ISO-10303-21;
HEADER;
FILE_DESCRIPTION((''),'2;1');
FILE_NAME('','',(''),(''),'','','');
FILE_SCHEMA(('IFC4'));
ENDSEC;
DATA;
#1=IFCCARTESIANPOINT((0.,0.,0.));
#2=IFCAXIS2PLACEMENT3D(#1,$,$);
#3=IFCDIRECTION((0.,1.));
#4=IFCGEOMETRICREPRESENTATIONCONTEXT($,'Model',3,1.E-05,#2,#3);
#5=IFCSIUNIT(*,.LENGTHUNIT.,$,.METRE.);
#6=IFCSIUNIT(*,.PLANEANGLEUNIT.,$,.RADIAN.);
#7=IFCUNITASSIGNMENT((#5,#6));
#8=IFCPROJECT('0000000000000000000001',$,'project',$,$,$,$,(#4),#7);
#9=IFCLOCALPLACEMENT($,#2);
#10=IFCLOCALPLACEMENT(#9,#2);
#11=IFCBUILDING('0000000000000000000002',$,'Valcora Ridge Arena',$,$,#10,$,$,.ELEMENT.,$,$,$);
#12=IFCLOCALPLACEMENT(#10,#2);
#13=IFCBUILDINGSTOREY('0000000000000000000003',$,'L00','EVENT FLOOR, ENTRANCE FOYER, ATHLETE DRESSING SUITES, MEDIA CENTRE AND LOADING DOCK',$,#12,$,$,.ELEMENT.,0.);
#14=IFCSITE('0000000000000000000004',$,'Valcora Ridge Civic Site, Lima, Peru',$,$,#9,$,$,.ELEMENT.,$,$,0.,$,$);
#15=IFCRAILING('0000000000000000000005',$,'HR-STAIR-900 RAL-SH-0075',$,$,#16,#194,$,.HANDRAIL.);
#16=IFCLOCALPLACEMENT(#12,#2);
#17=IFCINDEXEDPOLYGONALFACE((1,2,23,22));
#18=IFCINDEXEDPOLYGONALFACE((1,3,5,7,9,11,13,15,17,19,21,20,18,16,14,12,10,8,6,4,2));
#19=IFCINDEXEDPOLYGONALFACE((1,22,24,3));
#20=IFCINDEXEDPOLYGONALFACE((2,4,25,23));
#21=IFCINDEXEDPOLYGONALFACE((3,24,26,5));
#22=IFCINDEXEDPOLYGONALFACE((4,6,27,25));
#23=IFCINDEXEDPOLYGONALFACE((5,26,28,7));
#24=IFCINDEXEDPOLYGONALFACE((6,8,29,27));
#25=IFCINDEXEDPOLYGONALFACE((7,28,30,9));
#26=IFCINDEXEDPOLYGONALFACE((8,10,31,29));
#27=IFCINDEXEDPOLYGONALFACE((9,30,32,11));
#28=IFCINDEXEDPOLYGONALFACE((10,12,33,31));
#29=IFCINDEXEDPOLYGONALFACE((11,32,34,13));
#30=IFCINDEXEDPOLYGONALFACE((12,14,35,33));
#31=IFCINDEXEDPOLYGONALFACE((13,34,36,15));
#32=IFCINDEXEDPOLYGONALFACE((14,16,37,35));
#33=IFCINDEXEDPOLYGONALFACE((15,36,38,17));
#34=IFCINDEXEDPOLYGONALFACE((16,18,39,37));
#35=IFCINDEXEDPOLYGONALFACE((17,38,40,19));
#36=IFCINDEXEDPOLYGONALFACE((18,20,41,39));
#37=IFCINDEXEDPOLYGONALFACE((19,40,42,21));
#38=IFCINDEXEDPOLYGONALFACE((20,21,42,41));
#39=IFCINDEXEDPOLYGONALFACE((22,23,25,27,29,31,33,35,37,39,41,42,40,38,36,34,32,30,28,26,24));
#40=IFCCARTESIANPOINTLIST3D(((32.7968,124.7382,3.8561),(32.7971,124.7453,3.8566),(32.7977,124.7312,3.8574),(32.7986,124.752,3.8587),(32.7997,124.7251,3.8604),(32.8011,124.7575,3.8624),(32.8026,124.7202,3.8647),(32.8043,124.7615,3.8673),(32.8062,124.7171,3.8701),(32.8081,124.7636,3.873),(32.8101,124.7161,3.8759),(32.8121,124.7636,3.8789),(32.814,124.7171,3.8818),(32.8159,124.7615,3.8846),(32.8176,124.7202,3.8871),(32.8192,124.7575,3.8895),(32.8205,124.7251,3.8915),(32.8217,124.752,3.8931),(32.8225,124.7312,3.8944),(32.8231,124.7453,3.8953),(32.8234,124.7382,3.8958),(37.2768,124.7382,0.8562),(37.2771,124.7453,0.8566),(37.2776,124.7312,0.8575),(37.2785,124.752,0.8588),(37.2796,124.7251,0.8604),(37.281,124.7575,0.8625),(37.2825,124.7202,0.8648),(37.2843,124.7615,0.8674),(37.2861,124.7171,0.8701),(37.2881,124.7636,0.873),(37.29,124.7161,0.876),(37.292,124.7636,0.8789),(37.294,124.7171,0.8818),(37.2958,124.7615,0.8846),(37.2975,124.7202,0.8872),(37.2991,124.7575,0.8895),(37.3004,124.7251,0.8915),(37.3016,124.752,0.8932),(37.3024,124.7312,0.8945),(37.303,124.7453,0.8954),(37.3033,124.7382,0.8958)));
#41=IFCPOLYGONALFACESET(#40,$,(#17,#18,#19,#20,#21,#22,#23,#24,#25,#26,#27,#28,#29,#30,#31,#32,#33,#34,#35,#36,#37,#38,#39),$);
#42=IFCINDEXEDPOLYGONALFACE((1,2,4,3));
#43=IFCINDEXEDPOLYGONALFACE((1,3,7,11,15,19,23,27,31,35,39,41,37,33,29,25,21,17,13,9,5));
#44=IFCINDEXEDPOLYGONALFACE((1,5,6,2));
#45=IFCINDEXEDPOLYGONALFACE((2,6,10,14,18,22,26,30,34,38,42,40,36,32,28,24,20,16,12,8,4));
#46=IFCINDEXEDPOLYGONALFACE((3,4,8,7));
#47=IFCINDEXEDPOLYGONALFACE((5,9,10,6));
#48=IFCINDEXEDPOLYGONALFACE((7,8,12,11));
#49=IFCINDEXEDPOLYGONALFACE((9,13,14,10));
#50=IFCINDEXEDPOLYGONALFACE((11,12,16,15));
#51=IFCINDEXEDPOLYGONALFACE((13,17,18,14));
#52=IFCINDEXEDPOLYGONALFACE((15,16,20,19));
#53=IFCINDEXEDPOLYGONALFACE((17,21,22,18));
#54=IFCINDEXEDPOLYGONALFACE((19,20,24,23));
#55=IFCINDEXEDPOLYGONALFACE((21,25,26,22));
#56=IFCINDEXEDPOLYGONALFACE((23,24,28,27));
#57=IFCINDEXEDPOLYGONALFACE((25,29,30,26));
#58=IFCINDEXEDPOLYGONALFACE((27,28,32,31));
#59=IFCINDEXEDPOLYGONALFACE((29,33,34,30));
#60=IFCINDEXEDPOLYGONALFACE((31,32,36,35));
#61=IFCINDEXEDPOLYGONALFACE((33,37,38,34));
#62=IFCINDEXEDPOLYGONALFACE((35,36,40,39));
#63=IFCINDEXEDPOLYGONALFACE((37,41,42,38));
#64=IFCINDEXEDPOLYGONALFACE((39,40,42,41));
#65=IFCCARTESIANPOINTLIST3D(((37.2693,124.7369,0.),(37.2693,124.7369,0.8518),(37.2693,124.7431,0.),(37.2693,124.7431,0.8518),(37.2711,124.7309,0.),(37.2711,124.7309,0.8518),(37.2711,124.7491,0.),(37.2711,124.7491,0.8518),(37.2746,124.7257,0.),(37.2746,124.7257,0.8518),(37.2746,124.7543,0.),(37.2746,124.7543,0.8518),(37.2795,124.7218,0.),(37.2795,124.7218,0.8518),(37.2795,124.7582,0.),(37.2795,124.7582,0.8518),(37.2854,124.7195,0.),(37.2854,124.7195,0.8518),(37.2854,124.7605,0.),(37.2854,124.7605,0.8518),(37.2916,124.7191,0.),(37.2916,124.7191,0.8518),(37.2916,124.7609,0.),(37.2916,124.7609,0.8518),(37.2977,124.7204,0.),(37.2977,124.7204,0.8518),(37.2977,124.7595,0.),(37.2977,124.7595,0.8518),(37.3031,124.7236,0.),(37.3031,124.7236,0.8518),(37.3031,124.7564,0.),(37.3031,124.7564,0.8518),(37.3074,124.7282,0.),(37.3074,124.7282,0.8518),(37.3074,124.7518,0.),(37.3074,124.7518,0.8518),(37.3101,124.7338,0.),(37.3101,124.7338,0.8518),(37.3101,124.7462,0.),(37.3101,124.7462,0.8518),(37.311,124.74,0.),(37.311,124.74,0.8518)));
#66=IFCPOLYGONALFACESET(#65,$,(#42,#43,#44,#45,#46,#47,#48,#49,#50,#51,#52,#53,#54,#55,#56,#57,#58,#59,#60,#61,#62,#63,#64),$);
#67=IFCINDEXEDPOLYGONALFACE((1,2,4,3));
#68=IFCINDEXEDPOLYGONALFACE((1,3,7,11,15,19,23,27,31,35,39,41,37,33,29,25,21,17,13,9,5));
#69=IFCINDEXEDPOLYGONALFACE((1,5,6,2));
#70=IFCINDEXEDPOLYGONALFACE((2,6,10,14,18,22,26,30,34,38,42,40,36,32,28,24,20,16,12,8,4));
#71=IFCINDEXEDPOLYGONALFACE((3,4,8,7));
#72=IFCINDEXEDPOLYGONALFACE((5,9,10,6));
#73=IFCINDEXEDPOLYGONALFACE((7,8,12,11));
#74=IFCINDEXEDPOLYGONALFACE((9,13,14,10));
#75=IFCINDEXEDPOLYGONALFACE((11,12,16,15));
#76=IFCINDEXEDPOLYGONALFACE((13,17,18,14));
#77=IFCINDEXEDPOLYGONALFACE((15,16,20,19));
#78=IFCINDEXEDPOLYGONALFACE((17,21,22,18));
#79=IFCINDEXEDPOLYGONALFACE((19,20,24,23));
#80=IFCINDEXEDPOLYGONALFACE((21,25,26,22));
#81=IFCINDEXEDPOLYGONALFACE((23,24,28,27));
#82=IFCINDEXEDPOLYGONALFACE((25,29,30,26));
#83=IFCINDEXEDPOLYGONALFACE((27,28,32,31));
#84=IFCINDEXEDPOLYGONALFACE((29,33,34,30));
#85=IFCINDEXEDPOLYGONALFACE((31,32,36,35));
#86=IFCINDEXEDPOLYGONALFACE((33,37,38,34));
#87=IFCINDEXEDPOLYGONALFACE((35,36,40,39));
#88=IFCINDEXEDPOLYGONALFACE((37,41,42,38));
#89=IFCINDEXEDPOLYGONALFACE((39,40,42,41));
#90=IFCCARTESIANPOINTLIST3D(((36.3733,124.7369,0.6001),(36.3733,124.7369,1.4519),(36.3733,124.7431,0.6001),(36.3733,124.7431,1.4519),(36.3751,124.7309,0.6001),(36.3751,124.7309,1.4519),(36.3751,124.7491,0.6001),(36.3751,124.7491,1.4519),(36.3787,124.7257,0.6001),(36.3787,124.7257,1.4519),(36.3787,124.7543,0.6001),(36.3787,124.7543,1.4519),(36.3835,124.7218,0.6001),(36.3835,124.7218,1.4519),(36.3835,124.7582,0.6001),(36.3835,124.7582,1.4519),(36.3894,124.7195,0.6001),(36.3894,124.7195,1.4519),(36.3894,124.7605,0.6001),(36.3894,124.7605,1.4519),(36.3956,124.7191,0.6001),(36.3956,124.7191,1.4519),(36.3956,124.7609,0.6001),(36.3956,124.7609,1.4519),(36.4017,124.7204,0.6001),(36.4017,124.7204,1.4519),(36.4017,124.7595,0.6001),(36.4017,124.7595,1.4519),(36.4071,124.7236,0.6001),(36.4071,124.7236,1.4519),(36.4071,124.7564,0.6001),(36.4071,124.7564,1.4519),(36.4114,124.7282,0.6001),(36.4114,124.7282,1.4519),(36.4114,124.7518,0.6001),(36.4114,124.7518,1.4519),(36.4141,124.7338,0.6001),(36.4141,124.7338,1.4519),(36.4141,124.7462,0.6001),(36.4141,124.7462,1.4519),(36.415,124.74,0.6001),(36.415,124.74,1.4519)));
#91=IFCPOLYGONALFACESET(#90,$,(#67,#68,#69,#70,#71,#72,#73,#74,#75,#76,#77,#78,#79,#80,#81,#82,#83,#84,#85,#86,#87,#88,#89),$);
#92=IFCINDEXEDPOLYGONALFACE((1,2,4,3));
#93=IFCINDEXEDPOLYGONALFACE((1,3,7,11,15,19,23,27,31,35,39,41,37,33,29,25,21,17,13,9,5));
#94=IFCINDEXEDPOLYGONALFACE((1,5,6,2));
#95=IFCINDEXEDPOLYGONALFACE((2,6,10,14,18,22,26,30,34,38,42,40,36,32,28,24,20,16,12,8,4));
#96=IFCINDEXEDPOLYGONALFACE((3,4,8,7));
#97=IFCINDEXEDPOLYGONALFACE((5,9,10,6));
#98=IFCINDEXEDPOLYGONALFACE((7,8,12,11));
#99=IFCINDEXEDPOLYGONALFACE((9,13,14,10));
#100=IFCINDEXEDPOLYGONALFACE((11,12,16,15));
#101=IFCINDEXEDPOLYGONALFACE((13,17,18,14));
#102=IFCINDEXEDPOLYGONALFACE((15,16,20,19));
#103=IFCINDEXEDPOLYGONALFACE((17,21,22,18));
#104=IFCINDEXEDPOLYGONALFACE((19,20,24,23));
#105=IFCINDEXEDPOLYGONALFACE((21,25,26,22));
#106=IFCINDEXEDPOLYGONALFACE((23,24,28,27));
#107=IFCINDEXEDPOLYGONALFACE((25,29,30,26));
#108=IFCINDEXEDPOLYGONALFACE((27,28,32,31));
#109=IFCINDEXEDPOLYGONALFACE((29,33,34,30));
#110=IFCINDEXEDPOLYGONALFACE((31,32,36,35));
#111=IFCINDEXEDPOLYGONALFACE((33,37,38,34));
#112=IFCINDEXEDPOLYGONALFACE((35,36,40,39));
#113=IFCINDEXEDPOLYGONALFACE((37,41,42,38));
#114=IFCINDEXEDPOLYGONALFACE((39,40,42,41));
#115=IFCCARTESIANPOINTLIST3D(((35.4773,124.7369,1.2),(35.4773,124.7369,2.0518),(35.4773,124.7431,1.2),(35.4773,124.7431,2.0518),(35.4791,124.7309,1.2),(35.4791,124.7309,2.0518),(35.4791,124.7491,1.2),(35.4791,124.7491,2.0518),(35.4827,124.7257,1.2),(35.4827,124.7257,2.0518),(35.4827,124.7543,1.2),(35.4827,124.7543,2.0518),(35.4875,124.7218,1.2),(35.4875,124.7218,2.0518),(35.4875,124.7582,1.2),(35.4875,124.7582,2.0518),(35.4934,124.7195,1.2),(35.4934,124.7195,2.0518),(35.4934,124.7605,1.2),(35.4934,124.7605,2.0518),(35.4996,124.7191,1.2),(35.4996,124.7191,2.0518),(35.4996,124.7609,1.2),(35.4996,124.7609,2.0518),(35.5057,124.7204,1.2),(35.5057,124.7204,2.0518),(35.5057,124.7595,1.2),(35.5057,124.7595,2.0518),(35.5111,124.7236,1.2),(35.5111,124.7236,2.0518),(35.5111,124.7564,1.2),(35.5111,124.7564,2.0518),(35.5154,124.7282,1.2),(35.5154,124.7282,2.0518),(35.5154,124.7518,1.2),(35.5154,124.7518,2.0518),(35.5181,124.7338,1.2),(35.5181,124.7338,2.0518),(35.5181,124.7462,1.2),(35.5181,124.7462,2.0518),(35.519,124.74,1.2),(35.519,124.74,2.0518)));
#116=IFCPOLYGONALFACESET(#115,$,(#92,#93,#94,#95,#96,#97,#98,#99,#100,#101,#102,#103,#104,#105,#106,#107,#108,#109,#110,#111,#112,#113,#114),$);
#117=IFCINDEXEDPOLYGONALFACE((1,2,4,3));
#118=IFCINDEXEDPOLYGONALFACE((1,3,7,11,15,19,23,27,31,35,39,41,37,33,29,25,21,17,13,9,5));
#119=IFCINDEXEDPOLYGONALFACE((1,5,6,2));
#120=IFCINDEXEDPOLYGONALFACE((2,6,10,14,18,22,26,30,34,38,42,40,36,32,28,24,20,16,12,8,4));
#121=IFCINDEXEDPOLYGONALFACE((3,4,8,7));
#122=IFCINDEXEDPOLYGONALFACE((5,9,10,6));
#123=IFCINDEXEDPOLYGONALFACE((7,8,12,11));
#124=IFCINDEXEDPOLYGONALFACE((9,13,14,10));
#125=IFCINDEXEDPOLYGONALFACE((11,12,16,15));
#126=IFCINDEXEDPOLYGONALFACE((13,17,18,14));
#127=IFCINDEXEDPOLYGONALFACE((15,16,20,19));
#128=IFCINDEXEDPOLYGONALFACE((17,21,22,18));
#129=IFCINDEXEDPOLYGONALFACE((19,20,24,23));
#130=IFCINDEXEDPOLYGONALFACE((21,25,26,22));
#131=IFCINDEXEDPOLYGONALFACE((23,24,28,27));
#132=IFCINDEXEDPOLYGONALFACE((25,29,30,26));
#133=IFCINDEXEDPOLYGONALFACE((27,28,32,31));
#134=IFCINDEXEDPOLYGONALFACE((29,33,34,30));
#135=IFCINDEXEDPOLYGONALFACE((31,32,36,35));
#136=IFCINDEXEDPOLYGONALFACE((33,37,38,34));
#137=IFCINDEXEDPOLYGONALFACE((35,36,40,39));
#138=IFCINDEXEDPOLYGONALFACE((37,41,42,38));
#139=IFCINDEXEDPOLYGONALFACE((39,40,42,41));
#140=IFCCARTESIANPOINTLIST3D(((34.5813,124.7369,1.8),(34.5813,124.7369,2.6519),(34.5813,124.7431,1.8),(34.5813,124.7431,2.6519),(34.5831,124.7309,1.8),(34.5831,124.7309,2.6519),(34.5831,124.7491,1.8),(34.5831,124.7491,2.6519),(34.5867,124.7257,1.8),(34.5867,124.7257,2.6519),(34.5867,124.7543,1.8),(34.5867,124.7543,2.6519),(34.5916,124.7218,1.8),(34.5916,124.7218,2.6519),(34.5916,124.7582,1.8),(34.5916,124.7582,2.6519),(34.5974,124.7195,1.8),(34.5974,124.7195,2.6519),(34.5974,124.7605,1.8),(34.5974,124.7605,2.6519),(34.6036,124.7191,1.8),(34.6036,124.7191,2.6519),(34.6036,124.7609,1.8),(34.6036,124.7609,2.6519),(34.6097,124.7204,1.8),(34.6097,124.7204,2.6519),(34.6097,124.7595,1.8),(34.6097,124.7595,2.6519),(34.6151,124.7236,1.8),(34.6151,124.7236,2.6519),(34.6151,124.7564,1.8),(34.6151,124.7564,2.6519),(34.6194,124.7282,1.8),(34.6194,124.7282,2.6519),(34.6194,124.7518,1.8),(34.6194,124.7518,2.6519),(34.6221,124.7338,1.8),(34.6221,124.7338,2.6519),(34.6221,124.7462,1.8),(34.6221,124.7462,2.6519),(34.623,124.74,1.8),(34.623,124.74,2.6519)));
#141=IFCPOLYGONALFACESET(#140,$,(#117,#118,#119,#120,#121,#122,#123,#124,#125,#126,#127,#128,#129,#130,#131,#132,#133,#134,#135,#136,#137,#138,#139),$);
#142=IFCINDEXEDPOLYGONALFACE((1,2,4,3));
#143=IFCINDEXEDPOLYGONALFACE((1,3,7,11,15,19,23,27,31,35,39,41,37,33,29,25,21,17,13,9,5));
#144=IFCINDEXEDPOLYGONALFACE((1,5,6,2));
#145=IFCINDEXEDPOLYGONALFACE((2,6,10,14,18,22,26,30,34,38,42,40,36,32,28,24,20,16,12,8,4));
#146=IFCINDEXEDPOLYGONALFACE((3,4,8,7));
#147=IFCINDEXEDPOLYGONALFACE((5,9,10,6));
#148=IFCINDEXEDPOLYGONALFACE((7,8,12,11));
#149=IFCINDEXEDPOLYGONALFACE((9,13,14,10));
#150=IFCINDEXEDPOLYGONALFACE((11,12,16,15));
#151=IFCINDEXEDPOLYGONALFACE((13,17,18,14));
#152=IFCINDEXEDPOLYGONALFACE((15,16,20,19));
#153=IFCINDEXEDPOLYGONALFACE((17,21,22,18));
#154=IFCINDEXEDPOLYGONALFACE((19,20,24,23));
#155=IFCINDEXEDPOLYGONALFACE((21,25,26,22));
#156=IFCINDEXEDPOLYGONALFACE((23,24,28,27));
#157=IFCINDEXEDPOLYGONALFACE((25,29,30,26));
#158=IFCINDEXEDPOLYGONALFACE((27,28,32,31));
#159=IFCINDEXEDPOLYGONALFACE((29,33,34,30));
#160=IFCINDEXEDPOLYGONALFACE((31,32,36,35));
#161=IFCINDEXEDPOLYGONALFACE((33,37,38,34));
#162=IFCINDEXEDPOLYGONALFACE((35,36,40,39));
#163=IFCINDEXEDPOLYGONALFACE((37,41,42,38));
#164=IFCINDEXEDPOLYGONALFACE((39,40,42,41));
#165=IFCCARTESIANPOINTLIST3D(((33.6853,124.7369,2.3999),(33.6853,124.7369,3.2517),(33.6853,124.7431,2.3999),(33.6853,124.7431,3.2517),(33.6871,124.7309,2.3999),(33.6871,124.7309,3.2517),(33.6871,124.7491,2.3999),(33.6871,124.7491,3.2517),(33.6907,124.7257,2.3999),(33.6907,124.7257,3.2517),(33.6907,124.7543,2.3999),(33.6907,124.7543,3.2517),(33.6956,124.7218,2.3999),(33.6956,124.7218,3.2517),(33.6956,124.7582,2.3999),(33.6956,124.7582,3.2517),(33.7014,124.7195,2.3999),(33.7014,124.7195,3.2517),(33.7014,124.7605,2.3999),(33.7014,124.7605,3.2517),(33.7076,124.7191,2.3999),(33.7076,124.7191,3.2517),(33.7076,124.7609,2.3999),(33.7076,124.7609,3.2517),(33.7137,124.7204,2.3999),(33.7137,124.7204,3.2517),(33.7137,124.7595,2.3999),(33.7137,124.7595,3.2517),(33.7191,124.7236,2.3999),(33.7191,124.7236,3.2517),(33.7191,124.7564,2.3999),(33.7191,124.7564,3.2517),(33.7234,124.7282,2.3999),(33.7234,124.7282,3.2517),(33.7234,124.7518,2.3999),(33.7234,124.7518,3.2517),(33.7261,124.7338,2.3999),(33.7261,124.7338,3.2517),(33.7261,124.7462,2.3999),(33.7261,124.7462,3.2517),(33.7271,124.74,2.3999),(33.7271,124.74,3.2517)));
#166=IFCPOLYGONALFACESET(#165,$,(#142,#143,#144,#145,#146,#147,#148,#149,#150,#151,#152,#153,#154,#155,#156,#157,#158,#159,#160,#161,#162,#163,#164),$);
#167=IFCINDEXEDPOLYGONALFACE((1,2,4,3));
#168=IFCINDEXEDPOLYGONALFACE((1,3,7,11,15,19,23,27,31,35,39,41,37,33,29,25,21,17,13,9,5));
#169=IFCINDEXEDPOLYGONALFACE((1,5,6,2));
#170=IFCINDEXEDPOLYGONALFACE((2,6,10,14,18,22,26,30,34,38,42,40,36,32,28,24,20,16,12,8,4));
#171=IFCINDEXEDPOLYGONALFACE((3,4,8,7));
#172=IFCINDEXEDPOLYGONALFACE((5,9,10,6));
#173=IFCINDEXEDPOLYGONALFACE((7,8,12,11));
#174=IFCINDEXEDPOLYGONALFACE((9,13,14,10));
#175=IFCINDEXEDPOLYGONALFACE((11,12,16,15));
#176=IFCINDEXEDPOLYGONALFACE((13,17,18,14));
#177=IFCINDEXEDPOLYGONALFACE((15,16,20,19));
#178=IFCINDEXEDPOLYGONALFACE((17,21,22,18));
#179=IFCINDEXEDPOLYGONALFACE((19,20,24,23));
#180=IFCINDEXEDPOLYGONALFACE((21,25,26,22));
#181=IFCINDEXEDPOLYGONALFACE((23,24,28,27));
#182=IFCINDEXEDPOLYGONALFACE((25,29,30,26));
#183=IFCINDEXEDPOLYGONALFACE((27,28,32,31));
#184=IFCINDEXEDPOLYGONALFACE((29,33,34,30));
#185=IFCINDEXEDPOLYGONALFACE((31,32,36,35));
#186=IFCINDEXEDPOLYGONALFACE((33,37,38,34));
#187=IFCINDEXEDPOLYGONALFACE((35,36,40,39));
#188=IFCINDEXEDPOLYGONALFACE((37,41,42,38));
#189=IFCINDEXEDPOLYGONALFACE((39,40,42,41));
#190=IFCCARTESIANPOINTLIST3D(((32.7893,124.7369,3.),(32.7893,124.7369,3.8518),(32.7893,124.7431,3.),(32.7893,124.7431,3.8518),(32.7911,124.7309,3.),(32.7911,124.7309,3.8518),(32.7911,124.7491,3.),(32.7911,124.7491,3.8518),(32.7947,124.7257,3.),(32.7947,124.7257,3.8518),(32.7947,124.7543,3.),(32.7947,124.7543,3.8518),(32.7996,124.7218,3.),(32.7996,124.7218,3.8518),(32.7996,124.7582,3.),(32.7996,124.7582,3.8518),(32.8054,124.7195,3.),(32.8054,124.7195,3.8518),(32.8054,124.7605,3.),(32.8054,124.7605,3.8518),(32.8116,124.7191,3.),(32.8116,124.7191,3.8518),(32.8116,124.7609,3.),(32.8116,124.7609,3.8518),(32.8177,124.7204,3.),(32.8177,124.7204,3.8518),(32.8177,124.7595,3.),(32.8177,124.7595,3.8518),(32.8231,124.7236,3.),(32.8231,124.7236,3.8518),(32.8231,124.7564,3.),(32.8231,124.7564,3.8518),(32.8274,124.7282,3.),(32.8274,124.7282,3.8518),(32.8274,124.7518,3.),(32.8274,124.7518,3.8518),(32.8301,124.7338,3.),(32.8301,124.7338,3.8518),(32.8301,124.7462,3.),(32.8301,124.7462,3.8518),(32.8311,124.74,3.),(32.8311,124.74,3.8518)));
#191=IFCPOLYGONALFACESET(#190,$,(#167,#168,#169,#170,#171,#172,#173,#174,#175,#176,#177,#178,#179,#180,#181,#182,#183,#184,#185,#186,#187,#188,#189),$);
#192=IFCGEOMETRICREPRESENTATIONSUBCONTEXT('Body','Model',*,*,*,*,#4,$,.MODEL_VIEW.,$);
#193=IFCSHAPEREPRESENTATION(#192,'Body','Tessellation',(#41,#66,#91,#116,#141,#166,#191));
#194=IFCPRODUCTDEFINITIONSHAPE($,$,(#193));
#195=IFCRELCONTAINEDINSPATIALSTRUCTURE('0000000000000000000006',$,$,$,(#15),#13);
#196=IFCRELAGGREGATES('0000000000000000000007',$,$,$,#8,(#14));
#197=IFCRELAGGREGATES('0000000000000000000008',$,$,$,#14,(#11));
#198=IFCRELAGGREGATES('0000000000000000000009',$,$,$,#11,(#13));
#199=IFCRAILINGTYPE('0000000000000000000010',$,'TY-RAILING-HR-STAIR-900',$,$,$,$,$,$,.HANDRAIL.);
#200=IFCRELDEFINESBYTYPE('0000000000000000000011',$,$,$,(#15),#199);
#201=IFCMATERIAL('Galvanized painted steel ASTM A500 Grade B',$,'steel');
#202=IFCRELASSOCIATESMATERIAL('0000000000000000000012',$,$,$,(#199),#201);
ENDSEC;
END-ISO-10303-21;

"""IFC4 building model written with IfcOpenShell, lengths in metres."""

from ifc_helpers import new_model, si_unit, direction, frame, origin, origin_2d, place, context, subcontext, project, spatial, circle, extrude, material, type_object, element, save


model = new_model("IFC4")

# Units and contexts
model_context = context("Model", 3, precision=1e-05, world=origin(), true_north=direction((0.0, 1.0)))
body_context = subcontext(model_context, "Body", "Model", "MODEL_VIEW")
ifc_project = project(units=[si_unit("LENGTHUNIT", "METRE"), si_unit("PLANEANGLEUNIT", "RADIAN")], contexts=[model_context])

# Site, building, storey
site_placement = place(None, origin())
site = spatial("IfcSite", under=ifc_project, at=site_placement, Name="Valcora Ridge Civic Site, Lima, Peru", CompositionType="ELEMENT", RefElevation=0.0)
building_placement = place(site_placement, origin())
building = spatial("IfcBuilding", under=site, at=building_placement, Name="Valcora Ridge Arena", CompositionType="ELEMENT")
storey_placement = place(building_placement, origin())
storey = spatial("IfcBuildingStorey", under=building, at=storey_placement, Name="L00", Description="EVENT FLOOR, ENTRANCE FOYER, ATHLETE DRESSING SUITES, MEDIA CENTRE AND LOADING DOCK", CompositionType="ELEMENT", Elevation=0.0)

# Railing
ifc_material_1 = material(Name="Galvanized painted steel ASTM A500 Grade B", Category="steel")
railing_type_1 = type_object("IfcRailingType", Name="TY-RAILING-HR-STAIR-900", PredefinedType="HANDRAIL", material=ifc_material_1)
railing_1_placement = place(storey_placement, frame((37.29, 124.74, 0.0)))
element("IfcRailing", 1, at=railing_1_placement, inside=storey, type_object=railing_type_1, Name="HR-STAIR-900 RAL-SH-0075", PredefinedType="HANDRAIL", context=body_context, shape_type="SweptSolid", body=[
    extrude(circle(Radius=0.0239, at=origin_2d()), frame((0.0, 0.0, 0.876), z_axis=(-0.830906, 0.0, 0.556413), x_axis=(0.0, -1.0, 0.0)), (0.0, 0.0, 1.0), 5.3916),
    extrude(circle(Radius=0.021, at=origin_2d()), origin(), (0.0, 0.0, 1.0), 0.8518),
    extrude(circle(Radius=0.021, at=origin_2d()), frame((-0.896, 0.0, 0.6001)), (0.0, 0.0, 1.0), 0.8518),
    extrude(circle(Radius=0.021, at=origin_2d()), frame((-1.792, 0.0, 1.2)), (0.0, 0.0, 1.0), 0.8518),
    extrude(circle(Radius=0.021, at=origin_2d()), frame((-2.688, 0.0, 1.8)), (0.0, 0.0, 1.0), 0.8518),
    extrude(circle(Radius=0.021, at=origin_2d()), frame((-3.584, 0.0, 2.3999)), (0.0, 0.0, 1.0), 0.8518),
    extrude(circle(Radius=0.021, at=origin_2d()), frame((-4.48, 0.0, 3.0)), (0.0, 0.0, 1.0), 0.8518),
])

save(model, "model.ifc")
